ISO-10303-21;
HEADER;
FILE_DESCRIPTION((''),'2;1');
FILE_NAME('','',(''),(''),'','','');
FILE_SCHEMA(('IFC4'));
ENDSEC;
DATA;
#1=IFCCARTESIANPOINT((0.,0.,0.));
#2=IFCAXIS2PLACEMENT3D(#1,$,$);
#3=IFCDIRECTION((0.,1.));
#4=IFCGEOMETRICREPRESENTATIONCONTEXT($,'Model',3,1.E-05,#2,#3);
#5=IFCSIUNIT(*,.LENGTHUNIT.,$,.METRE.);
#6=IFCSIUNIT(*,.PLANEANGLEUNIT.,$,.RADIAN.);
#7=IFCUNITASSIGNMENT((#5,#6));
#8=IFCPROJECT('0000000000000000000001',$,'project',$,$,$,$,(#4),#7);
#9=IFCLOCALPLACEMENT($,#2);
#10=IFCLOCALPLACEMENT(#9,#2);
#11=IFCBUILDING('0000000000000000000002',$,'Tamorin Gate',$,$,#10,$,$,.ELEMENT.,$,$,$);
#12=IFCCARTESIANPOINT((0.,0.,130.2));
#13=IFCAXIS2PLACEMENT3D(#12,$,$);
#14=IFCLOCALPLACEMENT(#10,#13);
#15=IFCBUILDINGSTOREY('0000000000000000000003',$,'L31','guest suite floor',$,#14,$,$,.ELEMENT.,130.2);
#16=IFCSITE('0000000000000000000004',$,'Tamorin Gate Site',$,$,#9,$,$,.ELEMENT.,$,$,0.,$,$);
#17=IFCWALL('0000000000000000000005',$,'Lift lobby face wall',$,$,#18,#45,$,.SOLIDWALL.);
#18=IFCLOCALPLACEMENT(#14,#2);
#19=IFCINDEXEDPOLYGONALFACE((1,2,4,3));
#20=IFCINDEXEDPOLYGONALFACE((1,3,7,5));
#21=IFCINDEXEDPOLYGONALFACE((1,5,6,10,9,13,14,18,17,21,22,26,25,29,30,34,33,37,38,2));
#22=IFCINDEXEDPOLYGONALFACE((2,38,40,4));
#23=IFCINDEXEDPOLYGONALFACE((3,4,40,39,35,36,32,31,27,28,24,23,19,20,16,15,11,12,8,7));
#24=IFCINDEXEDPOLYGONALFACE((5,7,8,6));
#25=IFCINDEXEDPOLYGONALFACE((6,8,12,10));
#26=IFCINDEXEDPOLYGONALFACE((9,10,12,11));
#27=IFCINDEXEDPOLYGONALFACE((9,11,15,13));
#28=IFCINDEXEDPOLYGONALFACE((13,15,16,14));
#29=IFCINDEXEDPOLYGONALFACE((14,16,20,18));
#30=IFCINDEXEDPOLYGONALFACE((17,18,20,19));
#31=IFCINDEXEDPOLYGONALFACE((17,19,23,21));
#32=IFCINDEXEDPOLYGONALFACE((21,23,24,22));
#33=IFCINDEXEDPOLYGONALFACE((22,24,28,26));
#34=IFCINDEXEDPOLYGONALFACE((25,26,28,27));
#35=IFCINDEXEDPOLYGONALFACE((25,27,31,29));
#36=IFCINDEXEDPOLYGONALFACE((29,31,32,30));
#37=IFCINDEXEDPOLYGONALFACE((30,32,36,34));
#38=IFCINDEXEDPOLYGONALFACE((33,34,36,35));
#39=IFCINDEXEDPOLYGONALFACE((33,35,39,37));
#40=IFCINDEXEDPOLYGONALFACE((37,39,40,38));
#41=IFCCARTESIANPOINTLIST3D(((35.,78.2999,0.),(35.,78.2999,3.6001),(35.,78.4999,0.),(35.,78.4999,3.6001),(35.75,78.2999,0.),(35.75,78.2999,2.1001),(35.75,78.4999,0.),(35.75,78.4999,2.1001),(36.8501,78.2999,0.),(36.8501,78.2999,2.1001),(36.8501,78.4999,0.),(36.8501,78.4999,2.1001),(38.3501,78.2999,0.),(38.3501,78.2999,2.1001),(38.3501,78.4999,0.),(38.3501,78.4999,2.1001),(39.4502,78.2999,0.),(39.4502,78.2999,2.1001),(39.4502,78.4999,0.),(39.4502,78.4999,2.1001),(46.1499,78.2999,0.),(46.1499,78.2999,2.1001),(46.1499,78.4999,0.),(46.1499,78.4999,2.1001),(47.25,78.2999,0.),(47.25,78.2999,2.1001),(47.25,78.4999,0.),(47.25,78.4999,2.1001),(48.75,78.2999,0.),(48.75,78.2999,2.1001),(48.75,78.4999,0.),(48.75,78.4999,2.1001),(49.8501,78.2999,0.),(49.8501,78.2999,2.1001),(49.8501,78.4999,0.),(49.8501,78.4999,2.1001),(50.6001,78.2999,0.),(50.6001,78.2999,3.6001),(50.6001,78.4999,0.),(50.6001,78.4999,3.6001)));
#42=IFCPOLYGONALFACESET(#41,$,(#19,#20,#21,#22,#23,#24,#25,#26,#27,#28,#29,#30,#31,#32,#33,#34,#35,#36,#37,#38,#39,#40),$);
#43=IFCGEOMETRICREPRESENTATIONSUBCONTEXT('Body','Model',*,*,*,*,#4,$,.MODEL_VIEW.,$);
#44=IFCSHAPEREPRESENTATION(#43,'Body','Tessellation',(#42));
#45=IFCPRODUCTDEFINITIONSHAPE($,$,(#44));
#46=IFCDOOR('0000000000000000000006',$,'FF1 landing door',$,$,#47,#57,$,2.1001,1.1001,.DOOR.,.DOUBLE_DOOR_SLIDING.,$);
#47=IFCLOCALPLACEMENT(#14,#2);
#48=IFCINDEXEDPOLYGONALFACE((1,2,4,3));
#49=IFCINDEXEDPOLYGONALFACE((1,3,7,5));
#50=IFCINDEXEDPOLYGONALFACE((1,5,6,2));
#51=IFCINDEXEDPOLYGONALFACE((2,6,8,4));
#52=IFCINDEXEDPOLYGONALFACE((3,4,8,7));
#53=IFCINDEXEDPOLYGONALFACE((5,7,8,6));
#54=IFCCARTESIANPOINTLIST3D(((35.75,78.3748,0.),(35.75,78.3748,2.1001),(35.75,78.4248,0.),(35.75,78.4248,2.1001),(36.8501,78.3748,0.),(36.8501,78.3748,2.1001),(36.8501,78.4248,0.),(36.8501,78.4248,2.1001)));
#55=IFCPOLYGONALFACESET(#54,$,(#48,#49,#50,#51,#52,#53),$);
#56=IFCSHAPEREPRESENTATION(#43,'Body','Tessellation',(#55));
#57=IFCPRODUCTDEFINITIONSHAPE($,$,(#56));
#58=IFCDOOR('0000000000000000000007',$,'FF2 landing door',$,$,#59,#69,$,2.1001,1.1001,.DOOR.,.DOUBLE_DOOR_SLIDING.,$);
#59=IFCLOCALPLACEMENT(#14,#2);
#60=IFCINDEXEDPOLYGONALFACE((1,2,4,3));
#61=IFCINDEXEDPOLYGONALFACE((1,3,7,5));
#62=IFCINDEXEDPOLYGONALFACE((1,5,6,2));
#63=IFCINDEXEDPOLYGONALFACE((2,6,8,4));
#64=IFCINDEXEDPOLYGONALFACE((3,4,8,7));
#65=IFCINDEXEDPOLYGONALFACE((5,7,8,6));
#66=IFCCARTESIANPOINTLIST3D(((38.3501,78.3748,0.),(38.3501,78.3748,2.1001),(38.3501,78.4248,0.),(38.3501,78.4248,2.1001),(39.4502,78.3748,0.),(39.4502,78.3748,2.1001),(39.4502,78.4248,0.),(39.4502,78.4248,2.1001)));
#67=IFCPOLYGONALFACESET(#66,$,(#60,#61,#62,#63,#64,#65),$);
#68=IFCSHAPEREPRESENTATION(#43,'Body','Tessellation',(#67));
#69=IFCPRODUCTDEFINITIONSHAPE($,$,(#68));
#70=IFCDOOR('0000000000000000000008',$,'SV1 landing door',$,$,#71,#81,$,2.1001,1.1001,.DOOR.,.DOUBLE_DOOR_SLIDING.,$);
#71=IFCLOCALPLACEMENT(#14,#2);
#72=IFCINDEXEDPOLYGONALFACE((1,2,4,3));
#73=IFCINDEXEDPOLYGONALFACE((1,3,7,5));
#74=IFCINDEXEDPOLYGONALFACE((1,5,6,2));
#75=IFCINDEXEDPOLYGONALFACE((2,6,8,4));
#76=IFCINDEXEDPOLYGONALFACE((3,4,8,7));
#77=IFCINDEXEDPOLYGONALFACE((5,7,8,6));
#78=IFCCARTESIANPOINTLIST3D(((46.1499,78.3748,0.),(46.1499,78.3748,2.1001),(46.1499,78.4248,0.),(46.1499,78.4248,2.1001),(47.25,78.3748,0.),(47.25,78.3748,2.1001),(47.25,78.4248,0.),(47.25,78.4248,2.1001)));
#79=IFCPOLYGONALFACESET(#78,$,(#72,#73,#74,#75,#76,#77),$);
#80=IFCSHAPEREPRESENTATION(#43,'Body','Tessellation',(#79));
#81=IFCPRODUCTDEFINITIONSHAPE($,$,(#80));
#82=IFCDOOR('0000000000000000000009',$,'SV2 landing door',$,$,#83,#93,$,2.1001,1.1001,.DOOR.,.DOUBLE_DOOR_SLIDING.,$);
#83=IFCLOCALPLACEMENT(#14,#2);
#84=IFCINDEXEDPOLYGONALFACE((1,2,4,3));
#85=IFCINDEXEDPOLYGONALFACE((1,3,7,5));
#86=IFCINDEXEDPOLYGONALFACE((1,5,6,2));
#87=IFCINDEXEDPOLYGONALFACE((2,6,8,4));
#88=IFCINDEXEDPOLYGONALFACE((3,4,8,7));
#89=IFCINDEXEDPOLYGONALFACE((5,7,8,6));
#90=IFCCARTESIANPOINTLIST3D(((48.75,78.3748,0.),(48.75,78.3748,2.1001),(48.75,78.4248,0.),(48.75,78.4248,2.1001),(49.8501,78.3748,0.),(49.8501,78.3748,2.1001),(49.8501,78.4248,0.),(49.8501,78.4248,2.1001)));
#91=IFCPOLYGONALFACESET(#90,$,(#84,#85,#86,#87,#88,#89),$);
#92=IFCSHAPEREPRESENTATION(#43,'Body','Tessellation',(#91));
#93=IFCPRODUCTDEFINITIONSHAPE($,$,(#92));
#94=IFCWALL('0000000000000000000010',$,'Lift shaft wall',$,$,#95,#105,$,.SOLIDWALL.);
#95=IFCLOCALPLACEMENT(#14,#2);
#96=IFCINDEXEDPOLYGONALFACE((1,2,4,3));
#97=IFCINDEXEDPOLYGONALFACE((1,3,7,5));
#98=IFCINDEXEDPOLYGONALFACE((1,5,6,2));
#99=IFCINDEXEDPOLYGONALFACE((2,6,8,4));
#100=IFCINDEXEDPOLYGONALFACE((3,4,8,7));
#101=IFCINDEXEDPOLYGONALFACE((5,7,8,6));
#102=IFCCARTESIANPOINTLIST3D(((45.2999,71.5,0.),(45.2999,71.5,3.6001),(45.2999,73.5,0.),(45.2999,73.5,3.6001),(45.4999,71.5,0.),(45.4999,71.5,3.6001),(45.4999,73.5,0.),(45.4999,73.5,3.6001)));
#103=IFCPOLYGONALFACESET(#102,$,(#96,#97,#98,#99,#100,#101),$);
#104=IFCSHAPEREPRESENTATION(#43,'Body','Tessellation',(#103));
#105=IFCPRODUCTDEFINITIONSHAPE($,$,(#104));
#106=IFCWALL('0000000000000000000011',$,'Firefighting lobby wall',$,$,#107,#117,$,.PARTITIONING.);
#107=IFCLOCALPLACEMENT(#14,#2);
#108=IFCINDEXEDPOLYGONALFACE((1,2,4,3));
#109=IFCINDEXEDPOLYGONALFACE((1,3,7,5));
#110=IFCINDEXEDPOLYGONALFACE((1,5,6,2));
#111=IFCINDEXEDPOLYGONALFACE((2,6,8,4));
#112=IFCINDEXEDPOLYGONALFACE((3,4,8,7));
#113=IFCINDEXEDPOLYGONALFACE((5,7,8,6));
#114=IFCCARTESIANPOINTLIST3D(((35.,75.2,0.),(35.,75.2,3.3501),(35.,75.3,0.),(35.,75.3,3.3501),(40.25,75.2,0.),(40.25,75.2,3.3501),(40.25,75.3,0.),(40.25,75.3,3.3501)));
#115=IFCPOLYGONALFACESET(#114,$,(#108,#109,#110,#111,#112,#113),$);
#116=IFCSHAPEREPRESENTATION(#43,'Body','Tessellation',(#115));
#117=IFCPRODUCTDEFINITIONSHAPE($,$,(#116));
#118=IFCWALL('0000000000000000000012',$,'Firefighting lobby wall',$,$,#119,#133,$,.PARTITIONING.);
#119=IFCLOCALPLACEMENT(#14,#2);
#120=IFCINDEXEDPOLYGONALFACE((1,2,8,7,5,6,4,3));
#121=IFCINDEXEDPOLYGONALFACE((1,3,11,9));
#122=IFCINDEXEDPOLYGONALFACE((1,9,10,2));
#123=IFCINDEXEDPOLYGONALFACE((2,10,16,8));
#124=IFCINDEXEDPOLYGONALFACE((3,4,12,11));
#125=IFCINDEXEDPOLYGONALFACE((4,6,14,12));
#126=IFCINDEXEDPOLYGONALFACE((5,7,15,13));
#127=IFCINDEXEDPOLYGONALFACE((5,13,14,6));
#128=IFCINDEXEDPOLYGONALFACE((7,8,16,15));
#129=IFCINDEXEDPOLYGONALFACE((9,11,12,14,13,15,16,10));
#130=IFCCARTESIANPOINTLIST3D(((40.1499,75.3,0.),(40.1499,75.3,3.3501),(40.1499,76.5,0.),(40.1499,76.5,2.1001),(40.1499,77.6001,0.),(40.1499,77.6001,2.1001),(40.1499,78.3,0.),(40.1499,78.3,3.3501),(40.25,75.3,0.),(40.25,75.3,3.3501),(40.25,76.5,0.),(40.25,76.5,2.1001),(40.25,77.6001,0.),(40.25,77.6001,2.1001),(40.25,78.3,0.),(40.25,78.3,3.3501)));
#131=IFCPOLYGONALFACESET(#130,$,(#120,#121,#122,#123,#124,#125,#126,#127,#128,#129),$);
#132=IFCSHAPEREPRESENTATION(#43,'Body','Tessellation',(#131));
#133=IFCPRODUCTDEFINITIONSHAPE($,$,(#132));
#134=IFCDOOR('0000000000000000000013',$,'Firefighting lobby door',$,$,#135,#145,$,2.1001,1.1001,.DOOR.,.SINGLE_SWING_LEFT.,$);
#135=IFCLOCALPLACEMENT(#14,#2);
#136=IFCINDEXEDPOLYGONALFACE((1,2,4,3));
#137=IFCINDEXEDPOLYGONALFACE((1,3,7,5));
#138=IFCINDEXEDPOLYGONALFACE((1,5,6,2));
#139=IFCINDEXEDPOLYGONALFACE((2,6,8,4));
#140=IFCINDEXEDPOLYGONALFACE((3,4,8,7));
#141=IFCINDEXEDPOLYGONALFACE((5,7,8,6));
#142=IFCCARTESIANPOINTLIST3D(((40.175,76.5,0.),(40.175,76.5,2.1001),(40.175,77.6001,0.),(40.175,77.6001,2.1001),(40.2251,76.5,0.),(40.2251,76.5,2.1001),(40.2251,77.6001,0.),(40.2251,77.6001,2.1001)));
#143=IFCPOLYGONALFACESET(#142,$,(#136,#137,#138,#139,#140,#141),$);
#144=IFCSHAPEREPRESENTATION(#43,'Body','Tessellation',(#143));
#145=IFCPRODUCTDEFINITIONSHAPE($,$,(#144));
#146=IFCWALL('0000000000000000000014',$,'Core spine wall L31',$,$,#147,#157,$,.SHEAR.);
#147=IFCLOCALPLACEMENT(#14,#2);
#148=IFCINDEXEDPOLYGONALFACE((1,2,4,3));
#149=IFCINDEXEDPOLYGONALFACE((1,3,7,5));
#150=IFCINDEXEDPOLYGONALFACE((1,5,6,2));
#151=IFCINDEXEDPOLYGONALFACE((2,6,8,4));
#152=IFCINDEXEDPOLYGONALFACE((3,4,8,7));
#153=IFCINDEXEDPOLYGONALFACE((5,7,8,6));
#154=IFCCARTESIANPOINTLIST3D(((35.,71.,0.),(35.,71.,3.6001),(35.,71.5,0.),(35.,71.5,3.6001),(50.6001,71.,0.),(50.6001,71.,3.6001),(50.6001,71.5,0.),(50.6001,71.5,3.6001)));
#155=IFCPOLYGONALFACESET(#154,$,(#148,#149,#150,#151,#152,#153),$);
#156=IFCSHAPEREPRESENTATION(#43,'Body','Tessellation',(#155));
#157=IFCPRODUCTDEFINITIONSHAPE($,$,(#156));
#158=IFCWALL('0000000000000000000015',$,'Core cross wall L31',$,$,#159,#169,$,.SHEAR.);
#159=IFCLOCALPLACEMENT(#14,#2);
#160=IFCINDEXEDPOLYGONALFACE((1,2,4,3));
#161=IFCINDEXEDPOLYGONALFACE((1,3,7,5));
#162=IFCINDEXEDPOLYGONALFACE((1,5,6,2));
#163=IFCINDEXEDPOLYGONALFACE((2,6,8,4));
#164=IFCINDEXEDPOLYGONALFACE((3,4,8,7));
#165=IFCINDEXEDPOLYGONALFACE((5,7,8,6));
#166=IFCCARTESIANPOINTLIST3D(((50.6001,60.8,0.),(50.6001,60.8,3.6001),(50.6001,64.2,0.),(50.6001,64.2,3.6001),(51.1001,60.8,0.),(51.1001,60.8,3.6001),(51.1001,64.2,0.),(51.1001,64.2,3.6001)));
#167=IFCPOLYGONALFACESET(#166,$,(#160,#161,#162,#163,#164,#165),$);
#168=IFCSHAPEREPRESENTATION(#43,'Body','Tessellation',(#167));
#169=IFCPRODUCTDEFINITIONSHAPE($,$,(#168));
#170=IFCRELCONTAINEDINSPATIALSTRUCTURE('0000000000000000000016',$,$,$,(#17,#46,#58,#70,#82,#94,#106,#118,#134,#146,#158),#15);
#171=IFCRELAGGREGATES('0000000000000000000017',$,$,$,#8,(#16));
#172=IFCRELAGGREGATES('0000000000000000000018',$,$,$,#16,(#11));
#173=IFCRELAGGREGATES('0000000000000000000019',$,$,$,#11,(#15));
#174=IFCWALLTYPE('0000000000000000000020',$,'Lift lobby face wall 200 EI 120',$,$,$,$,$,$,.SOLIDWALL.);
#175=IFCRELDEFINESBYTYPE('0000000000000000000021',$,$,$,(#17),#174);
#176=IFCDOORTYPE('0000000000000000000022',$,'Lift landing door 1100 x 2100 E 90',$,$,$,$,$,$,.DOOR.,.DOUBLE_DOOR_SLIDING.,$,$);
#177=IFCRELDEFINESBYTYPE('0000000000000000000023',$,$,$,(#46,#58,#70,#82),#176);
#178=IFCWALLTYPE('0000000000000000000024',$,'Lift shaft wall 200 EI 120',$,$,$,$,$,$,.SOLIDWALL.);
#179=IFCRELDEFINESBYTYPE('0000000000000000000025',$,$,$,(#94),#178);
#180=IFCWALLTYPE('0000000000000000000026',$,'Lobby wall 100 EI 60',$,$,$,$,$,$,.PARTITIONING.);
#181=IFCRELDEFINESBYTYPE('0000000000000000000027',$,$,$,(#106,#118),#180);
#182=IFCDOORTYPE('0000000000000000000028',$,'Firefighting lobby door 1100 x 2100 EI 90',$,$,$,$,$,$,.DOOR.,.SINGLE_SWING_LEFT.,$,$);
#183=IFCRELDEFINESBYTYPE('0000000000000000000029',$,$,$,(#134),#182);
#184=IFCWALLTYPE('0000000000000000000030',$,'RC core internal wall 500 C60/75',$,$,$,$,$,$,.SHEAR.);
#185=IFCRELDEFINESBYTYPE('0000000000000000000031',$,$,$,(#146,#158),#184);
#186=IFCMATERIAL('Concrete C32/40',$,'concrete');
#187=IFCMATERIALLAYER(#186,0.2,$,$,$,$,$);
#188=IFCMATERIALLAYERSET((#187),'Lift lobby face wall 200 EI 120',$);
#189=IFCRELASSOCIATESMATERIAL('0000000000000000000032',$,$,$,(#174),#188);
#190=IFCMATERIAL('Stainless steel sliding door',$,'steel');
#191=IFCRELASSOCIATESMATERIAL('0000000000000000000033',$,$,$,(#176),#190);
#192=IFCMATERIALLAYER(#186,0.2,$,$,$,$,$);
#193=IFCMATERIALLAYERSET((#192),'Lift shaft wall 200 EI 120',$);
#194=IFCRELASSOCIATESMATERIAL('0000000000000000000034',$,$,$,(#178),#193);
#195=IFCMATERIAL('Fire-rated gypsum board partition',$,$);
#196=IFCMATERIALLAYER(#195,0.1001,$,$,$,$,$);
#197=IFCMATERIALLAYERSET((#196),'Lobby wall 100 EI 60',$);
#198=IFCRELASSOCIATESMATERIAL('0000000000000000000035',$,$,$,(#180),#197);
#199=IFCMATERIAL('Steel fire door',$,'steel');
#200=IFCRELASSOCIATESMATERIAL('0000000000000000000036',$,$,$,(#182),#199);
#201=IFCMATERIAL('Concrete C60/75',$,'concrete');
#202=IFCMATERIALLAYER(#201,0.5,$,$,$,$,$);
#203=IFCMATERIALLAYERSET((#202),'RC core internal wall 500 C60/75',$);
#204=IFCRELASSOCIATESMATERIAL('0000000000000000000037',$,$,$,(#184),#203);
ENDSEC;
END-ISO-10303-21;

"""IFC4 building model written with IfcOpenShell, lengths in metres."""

from ifc_helpers import new_model, si_unit, direction, frame, frame_2d, origin, place, context, subcontext, project, spatial, rectangle, extrude, material, layer, layer_set, type_object, element, fill, save


model = new_model("IFC4")

# Units and contexts
model_context = context("Model", 3, precision=1e-05, world=origin(), true_north=direction((0.0, 1.0)))
body_context = subcontext(model_context, "Body", "Model", "MODEL_VIEW")
ifc_project = project(units=[si_unit("LENGTHUNIT", "METRE"), si_unit("PLANEANGLEUNIT", "RADIAN")], contexts=[model_context])

# Site, building, storey
site_placement = place(None, origin())
site = spatial("IfcSite", under=ifc_project, at=site_placement, Name="Tamorin Gate Site", CompositionType="ELEMENT", RefElevation=0.0)
building_placement = place(site_placement, origin())
building = spatial("IfcBuilding", under=site, at=building_placement, Name="Tamorin Gate", CompositionType="ELEMENT")
storey_placement = place(building_placement, frame((0.0, 0.0, 130.2)))
storey = spatial("IfcBuildingStorey", under=building, at=storey_placement, Name="L31", Description="guest suite floor", CompositionType="ELEMENT", Elevation=130.2)

# Wall, openings, doors
ifc_material_1 = material(Name="Concrete C32/40", Category="concrete")
ifc_layer_1 = layer(ifc_material_1, 0.2)
ifc_layer_set_1 = layer_set([ifc_layer_1], Name="Lift lobby face wall 200 EI 120")
wall_type_1 = type_object("IfcWallType", Name="Lift lobby face wall 200 EI 120", PredefinedType="SOLIDWALL", material=ifc_layer_set_1)
ifc_material_2 = material(Name="Stainless steel sliding door", Category="steel")
door_type_1 = type_object("IfcDoorType", Name="Lift landing door 1100 x 2100 E 90", OperationType="DOUBLE_DOOR_SLIDING", PredefinedType="DOOR", material=ifc_material_2)
wall_1_placement = place(storey_placement, frame((35.0, 78.3999, 0.0), z_axis=(0.0, 0.0, 1.0), x_axis=(1.0, 0.0, 0.0)))
wall_1 = element("IfcWall", 1, at=wall_1_placement, inside=storey, type_object=wall_type_1, Name="Lift lobby face wall", PredefinedType="SOLIDWALL", context=body_context, shape_type="SweptSolid", body=[
    extrude(rectangle(XDim=15.6001, YDim=0.2, at=frame_2d((7.8, 0.0))), origin(), (0.0, 0.0, 1.0), 3.6001),
])
opening_1_placement = place(wall_1_placement, frame((0.75, 0.0, 0.0)))
opening_1 = element("IfcOpeningElement", 2, at=opening_1_placement, cuts=wall_1, PredefinedType="OPENING", context=body_context, shape_type="SweptSolid", body=[
    extrude(rectangle(XDim=1.1001, YDim=2.1001, at=frame_2d((0.55, 1.05))), frame((0.0, 0.1099, 0.0), z_axis=(0.0, -1.0, 0.0), x_axis=(1.0, 0.0, 0.0)), (0.0, 0.0, 1.0), 0.22),
])
opening_2_placement = place(wall_1_placement, frame((3.3501, 0.0, 0.0)))
opening_2 = element("IfcOpeningElement", 3, at=opening_2_placement, cuts=wall_1, PredefinedType="OPENING", context=body_context, shape_type="SweptSolid", body=[
    extrude(rectangle(XDim=1.1001, YDim=2.1001, at=frame_2d((0.55, 1.05))), frame((0.0, 0.1099, 0.0), z_axis=(0.0, -1.0, 0.0), x_axis=(1.0, 0.0, 0.0)), (0.0, 0.0, 1.0), 0.22),
])
opening_3_placement = place(wall_1_placement, frame((11.1499, 0.0, 0.0)))
opening_3 = element("IfcOpeningElement", 4, at=opening_3_placement, cuts=wall_1, PredefinedType="OPENING", context=body_context, shape_type="SweptSolid", body=[
    extrude(rectangle(XDim=1.1001, YDim=2.1001, at=frame_2d((0.55, 1.05))), frame((0.0, 0.1099, 0.0), z_axis=(0.0, -1.0, 0.0), x_axis=(1.0, 0.0, 0.0)), (0.0, 0.0, 1.0), 0.22),
])
opening_4_placement = place(wall_1_placement, frame((13.75, 0.0, 0.0)))
opening_4 = element("IfcOpeningElement", 5, at=opening_4_placement, cuts=wall_1, PredefinedType="OPENING", context=body_context, shape_type="SweptSolid", body=[
    extrude(rectangle(XDim=1.1001, YDim=2.1001, at=frame_2d((0.55, 1.05))), frame((0.0, 0.1099, 0.0), z_axis=(0.0, -1.0, 0.0), x_axis=(1.0, 0.0, 0.0)), (0.0, 0.0, 1.0), 0.22),
])
door_1_placement = place(opening_1_placement, origin())
door_1 = element("IfcDoor", 6, at=door_1_placement, inside=storey, type_object=door_type_1, Name="FF1 landing door", OperationType="DOUBLE_DOOR_SLIDING", OverallHeight=2.1001, OverallWidth=1.1001, PredefinedType="DOOR", context=body_context, shape_type="SweptSolid", body=[
    extrude(rectangle(XDim=1.1001, YDim=2.1001, at=frame_2d((0.55, 1.05))), frame((0.0, 0.0249, 0.0), z_axis=(0.0, -1.0, 0.0), x_axis=(1.0, 0.0, 0.0)), (0.0, 0.0, 1.0), 0.05),
])
fill(opening_1, door_1)
door_2_placement = place(opening_2_placement, origin())
door_2 = element("IfcDoor", 7, at=door_2_placement, inside=storey, type_object=door_type_1, Name="FF2 landing door", OperationType="DOUBLE_DOOR_SLIDING", OverallHeight=2.1001, OverallWidth=1.1001, PredefinedType="DOOR", context=body_context, shape_type="SweptSolid", body=[
    extrude(rectangle(XDim=1.1001, YDim=2.1001, at=frame_2d((0.55, 1.05))), frame((0.0, 0.0249, 0.0), z_axis=(0.0, -1.0, 0.0), x_axis=(1.0, 0.0, 0.0)), (0.0, 0.0, 1.0), 0.05),
])
fill(opening_2, door_2)
door_3_placement = place(opening_3_placement, origin())
door_3 = element("IfcDoor", 8, at=door_3_placement, inside=storey, type_object=door_type_1, Name="SV1 landing door", OperationType="DOUBLE_DOOR_SLIDING", OverallHeight=2.1001, OverallWidth=1.1001, PredefinedType="DOOR", context=body_context, shape_type="SweptSolid", body=[
    extrude(rectangle(XDim=1.1001, YDim=2.1001, at=frame_2d((0.55, 1.05))), frame((0.0, 0.0249, 0.0), z_axis=(0.0, -1.0, 0.0), x_axis=(1.0, 0.0, 0.0)), (0.0, 0.0, 1.0), 0.05),
])
fill(opening_3, door_3)
door_4_placement = place(opening_4_placement, origin())
door_4 = element("IfcDoor", 9, at=door_4_placement, inside=storey, type_object=door_type_1, Name="SV2 landing door", OperationType="DOUBLE_DOOR_SLIDING", OverallHeight=2.1001, OverallWidth=1.1001, PredefinedType="DOOR", context=body_context, shape_type="SweptSolid", body=[
    extrude(rectangle(XDim=1.1001, YDim=2.1001, at=frame_2d((0.55, 1.05))), frame((0.0, 0.0249, 0.0), z_axis=(0.0, -1.0, 0.0), x_axis=(1.0, 0.0, 0.0)), (0.0, 0.0, 1.0), 0.05),
])
fill(opening_4, door_4)

# Walls
ifc_layer_2 = layer(ifc_material_1, 0.2)
ifc_layer_set_2 = layer_set([ifc_layer_2], Name="Lift shaft wall 200 EI 120")
wall_type_2 = type_object("IfcWallType", Name="Lift shaft wall 200 EI 120", PredefinedType="SOLIDWALL", material=ifc_layer_set_2)
wall_2_placement = place(storey_placement, frame((45.3999, 71.5, 0.0), z_axis=(0.0, 0.0, 1.0), x_axis=(0.0, 1.0, 0.0)))
element("IfcWall", 10, at=wall_2_placement, inside=storey, type_object=wall_type_2, Name="Lift shaft wall", PredefinedType="SOLIDWALL", context=body_context, shape_type="SweptSolid", body=[
    extrude(rectangle(XDim=2.0, YDim=0.2, at=frame_2d((1.0, 0.0))), origin(), (0.0, 0.0, 1.0), 3.6001),
])
ifc_material_3 = material(Name="Fire-rated gypsum board partition")
ifc_layer_3 = layer(ifc_material_3, 0.1001)
ifc_layer_set_3 = layer_set([ifc_layer_3], Name="Lobby wall 100 EI 60")
wall_type_3 = type_object("IfcWallType", Name="Lobby wall 100 EI 60", PredefinedType="PARTITIONING", material=ifc_layer_set_3)
wall_3_placement = place(storey_placement, frame((35.0, 75.25, 0.0), z_axis=(0.0, 0.0, 1.0), x_axis=(1.0, 0.0, 0.0)))
element("IfcWall", 11, at=wall_3_placement, inside=storey, type_object=wall_type_3, Name="Firefighting lobby wall", PredefinedType="PARTITIONING", context=body_context, shape_type="SweptSolid", body=[
    extrude(rectangle(XDim=5.25, YDim=0.1001, at=frame_2d((2.625, 0.0))), origin(), (0.0, 0.0, 1.0), 3.3501),
])

# Wall, opening, door
wall_4_placement = place(storey_placement, frame((40.2, 75.3, 0.0), z_axis=(0.0, 0.0, 1.0), x_axis=(0.0, 1.0, 0.0)))
wall_4 = element("IfcWall", 12, at=wall_4_placement, inside=storey, type_object=wall_type_3, Name="Firefighting lobby wall", PredefinedType="PARTITIONING", context=body_context, shape_type="SweptSolid", body=[
    extrude(rectangle(XDim=3.0, YDim=0.1001, at=frame_2d((1.5, 0.0))), origin(), (0.0, 0.0, 1.0), 3.3501),
])
opening_5_placement = place(wall_4_placement, frame((1.2, 0.0, 0.0)))
opening_5 = element("IfcOpeningElement", 13, at=opening_5_placement, cuts=wall_4, PredefinedType="OPENING", context=body_context, shape_type="SweptSolid", body=[
    extrude(rectangle(XDim=1.1001, YDim=2.1001, at=frame_2d((0.55, 1.05))), frame((0.0, 0.0601, 0.0), z_axis=(0.0, -1.0, 0.0), x_axis=(1.0, 0.0, 0.0)), (0.0, 0.0, 1.0), 0.1201),
])
ifc_material_4 = material(Name="Steel fire door", Category="steel")
door_type_2 = type_object("IfcDoorType", Name="Firefighting lobby door 1100 x 2100 EI 90", OperationType="SINGLE_SWING_LEFT", PredefinedType="DOOR", material=ifc_material_4)
door_5_placement = place(opening_5_placement, origin())
door_5 = element("IfcDoor", 14, at=door_5_placement, inside=storey, type_object=door_type_2, Name="Firefighting lobby door", OperationType="SINGLE_SWING_LEFT", OverallHeight=2.1001, OverallWidth=1.1001, PredefinedType="DOOR", context=body_context, shape_type="SweptSolid", body=[
    extrude(rectangle(XDim=1.1001, YDim=2.1001, at=frame_2d((0.55, 1.05))), frame((0.0, 0.0249, 0.0), z_axis=(0.0, -1.0, 0.0), x_axis=(1.0, 0.0, 0.0)), (0.0, 0.0, 1.0), 0.05),
])
fill(opening_5, door_5)

# Walls
ifc_material_5 = material(Name="Concrete C60/75", Category="concrete")
ifc_layer_4 = layer(ifc_material_5, 0.5)
ifc_layer_set_4 = layer_set([ifc_layer_4], Name="RC core internal wall 500 C60/75")
wall_type_4 = type_object("IfcWallType", Name="RC core internal wall 500 C60/75", PredefinedType="SHEAR", material=ifc_layer_set_4)
wall_5_placement = place(storey_placement, frame((35.0, 71.25, 0.0), z_axis=(0.0, 0.0, 1.0), x_axis=(1.0, 0.0, 0.0)))
element("IfcWall", 15, at=wall_5_placement, inside=storey, type_object=wall_type_4, Name="Core spine wall L31", PredefinedType="SHEAR", context=body_context, shape_type="SweptSolid", body=[
    extrude(rectangle(XDim=15.6001, YDim=0.5, at=frame_2d((7.8, 0.0))), origin(), (0.0, 0.0, 1.0), 3.6001),
])
wall_6_placement = place(storey_placement, frame((50.8501, 60.8, 0.0), z_axis=(0.0, 0.0, 1.0), x_axis=(0.0, 1.0, 0.0)))
element("IfcWall", 16, at=wall_6_placement, inside=storey, type_object=wall_type_4, Name="Core cross wall L31", PredefinedType="SHEAR", context=body_context, shape_type="SweptSolid", body=[
    extrude(rectangle(XDim=3.3999, YDim=0.5, at=frame_2d((1.7, 0.0))), origin(), (0.0, 0.0, 1.0), 3.6001),
])

save(model, "model.ifc")
